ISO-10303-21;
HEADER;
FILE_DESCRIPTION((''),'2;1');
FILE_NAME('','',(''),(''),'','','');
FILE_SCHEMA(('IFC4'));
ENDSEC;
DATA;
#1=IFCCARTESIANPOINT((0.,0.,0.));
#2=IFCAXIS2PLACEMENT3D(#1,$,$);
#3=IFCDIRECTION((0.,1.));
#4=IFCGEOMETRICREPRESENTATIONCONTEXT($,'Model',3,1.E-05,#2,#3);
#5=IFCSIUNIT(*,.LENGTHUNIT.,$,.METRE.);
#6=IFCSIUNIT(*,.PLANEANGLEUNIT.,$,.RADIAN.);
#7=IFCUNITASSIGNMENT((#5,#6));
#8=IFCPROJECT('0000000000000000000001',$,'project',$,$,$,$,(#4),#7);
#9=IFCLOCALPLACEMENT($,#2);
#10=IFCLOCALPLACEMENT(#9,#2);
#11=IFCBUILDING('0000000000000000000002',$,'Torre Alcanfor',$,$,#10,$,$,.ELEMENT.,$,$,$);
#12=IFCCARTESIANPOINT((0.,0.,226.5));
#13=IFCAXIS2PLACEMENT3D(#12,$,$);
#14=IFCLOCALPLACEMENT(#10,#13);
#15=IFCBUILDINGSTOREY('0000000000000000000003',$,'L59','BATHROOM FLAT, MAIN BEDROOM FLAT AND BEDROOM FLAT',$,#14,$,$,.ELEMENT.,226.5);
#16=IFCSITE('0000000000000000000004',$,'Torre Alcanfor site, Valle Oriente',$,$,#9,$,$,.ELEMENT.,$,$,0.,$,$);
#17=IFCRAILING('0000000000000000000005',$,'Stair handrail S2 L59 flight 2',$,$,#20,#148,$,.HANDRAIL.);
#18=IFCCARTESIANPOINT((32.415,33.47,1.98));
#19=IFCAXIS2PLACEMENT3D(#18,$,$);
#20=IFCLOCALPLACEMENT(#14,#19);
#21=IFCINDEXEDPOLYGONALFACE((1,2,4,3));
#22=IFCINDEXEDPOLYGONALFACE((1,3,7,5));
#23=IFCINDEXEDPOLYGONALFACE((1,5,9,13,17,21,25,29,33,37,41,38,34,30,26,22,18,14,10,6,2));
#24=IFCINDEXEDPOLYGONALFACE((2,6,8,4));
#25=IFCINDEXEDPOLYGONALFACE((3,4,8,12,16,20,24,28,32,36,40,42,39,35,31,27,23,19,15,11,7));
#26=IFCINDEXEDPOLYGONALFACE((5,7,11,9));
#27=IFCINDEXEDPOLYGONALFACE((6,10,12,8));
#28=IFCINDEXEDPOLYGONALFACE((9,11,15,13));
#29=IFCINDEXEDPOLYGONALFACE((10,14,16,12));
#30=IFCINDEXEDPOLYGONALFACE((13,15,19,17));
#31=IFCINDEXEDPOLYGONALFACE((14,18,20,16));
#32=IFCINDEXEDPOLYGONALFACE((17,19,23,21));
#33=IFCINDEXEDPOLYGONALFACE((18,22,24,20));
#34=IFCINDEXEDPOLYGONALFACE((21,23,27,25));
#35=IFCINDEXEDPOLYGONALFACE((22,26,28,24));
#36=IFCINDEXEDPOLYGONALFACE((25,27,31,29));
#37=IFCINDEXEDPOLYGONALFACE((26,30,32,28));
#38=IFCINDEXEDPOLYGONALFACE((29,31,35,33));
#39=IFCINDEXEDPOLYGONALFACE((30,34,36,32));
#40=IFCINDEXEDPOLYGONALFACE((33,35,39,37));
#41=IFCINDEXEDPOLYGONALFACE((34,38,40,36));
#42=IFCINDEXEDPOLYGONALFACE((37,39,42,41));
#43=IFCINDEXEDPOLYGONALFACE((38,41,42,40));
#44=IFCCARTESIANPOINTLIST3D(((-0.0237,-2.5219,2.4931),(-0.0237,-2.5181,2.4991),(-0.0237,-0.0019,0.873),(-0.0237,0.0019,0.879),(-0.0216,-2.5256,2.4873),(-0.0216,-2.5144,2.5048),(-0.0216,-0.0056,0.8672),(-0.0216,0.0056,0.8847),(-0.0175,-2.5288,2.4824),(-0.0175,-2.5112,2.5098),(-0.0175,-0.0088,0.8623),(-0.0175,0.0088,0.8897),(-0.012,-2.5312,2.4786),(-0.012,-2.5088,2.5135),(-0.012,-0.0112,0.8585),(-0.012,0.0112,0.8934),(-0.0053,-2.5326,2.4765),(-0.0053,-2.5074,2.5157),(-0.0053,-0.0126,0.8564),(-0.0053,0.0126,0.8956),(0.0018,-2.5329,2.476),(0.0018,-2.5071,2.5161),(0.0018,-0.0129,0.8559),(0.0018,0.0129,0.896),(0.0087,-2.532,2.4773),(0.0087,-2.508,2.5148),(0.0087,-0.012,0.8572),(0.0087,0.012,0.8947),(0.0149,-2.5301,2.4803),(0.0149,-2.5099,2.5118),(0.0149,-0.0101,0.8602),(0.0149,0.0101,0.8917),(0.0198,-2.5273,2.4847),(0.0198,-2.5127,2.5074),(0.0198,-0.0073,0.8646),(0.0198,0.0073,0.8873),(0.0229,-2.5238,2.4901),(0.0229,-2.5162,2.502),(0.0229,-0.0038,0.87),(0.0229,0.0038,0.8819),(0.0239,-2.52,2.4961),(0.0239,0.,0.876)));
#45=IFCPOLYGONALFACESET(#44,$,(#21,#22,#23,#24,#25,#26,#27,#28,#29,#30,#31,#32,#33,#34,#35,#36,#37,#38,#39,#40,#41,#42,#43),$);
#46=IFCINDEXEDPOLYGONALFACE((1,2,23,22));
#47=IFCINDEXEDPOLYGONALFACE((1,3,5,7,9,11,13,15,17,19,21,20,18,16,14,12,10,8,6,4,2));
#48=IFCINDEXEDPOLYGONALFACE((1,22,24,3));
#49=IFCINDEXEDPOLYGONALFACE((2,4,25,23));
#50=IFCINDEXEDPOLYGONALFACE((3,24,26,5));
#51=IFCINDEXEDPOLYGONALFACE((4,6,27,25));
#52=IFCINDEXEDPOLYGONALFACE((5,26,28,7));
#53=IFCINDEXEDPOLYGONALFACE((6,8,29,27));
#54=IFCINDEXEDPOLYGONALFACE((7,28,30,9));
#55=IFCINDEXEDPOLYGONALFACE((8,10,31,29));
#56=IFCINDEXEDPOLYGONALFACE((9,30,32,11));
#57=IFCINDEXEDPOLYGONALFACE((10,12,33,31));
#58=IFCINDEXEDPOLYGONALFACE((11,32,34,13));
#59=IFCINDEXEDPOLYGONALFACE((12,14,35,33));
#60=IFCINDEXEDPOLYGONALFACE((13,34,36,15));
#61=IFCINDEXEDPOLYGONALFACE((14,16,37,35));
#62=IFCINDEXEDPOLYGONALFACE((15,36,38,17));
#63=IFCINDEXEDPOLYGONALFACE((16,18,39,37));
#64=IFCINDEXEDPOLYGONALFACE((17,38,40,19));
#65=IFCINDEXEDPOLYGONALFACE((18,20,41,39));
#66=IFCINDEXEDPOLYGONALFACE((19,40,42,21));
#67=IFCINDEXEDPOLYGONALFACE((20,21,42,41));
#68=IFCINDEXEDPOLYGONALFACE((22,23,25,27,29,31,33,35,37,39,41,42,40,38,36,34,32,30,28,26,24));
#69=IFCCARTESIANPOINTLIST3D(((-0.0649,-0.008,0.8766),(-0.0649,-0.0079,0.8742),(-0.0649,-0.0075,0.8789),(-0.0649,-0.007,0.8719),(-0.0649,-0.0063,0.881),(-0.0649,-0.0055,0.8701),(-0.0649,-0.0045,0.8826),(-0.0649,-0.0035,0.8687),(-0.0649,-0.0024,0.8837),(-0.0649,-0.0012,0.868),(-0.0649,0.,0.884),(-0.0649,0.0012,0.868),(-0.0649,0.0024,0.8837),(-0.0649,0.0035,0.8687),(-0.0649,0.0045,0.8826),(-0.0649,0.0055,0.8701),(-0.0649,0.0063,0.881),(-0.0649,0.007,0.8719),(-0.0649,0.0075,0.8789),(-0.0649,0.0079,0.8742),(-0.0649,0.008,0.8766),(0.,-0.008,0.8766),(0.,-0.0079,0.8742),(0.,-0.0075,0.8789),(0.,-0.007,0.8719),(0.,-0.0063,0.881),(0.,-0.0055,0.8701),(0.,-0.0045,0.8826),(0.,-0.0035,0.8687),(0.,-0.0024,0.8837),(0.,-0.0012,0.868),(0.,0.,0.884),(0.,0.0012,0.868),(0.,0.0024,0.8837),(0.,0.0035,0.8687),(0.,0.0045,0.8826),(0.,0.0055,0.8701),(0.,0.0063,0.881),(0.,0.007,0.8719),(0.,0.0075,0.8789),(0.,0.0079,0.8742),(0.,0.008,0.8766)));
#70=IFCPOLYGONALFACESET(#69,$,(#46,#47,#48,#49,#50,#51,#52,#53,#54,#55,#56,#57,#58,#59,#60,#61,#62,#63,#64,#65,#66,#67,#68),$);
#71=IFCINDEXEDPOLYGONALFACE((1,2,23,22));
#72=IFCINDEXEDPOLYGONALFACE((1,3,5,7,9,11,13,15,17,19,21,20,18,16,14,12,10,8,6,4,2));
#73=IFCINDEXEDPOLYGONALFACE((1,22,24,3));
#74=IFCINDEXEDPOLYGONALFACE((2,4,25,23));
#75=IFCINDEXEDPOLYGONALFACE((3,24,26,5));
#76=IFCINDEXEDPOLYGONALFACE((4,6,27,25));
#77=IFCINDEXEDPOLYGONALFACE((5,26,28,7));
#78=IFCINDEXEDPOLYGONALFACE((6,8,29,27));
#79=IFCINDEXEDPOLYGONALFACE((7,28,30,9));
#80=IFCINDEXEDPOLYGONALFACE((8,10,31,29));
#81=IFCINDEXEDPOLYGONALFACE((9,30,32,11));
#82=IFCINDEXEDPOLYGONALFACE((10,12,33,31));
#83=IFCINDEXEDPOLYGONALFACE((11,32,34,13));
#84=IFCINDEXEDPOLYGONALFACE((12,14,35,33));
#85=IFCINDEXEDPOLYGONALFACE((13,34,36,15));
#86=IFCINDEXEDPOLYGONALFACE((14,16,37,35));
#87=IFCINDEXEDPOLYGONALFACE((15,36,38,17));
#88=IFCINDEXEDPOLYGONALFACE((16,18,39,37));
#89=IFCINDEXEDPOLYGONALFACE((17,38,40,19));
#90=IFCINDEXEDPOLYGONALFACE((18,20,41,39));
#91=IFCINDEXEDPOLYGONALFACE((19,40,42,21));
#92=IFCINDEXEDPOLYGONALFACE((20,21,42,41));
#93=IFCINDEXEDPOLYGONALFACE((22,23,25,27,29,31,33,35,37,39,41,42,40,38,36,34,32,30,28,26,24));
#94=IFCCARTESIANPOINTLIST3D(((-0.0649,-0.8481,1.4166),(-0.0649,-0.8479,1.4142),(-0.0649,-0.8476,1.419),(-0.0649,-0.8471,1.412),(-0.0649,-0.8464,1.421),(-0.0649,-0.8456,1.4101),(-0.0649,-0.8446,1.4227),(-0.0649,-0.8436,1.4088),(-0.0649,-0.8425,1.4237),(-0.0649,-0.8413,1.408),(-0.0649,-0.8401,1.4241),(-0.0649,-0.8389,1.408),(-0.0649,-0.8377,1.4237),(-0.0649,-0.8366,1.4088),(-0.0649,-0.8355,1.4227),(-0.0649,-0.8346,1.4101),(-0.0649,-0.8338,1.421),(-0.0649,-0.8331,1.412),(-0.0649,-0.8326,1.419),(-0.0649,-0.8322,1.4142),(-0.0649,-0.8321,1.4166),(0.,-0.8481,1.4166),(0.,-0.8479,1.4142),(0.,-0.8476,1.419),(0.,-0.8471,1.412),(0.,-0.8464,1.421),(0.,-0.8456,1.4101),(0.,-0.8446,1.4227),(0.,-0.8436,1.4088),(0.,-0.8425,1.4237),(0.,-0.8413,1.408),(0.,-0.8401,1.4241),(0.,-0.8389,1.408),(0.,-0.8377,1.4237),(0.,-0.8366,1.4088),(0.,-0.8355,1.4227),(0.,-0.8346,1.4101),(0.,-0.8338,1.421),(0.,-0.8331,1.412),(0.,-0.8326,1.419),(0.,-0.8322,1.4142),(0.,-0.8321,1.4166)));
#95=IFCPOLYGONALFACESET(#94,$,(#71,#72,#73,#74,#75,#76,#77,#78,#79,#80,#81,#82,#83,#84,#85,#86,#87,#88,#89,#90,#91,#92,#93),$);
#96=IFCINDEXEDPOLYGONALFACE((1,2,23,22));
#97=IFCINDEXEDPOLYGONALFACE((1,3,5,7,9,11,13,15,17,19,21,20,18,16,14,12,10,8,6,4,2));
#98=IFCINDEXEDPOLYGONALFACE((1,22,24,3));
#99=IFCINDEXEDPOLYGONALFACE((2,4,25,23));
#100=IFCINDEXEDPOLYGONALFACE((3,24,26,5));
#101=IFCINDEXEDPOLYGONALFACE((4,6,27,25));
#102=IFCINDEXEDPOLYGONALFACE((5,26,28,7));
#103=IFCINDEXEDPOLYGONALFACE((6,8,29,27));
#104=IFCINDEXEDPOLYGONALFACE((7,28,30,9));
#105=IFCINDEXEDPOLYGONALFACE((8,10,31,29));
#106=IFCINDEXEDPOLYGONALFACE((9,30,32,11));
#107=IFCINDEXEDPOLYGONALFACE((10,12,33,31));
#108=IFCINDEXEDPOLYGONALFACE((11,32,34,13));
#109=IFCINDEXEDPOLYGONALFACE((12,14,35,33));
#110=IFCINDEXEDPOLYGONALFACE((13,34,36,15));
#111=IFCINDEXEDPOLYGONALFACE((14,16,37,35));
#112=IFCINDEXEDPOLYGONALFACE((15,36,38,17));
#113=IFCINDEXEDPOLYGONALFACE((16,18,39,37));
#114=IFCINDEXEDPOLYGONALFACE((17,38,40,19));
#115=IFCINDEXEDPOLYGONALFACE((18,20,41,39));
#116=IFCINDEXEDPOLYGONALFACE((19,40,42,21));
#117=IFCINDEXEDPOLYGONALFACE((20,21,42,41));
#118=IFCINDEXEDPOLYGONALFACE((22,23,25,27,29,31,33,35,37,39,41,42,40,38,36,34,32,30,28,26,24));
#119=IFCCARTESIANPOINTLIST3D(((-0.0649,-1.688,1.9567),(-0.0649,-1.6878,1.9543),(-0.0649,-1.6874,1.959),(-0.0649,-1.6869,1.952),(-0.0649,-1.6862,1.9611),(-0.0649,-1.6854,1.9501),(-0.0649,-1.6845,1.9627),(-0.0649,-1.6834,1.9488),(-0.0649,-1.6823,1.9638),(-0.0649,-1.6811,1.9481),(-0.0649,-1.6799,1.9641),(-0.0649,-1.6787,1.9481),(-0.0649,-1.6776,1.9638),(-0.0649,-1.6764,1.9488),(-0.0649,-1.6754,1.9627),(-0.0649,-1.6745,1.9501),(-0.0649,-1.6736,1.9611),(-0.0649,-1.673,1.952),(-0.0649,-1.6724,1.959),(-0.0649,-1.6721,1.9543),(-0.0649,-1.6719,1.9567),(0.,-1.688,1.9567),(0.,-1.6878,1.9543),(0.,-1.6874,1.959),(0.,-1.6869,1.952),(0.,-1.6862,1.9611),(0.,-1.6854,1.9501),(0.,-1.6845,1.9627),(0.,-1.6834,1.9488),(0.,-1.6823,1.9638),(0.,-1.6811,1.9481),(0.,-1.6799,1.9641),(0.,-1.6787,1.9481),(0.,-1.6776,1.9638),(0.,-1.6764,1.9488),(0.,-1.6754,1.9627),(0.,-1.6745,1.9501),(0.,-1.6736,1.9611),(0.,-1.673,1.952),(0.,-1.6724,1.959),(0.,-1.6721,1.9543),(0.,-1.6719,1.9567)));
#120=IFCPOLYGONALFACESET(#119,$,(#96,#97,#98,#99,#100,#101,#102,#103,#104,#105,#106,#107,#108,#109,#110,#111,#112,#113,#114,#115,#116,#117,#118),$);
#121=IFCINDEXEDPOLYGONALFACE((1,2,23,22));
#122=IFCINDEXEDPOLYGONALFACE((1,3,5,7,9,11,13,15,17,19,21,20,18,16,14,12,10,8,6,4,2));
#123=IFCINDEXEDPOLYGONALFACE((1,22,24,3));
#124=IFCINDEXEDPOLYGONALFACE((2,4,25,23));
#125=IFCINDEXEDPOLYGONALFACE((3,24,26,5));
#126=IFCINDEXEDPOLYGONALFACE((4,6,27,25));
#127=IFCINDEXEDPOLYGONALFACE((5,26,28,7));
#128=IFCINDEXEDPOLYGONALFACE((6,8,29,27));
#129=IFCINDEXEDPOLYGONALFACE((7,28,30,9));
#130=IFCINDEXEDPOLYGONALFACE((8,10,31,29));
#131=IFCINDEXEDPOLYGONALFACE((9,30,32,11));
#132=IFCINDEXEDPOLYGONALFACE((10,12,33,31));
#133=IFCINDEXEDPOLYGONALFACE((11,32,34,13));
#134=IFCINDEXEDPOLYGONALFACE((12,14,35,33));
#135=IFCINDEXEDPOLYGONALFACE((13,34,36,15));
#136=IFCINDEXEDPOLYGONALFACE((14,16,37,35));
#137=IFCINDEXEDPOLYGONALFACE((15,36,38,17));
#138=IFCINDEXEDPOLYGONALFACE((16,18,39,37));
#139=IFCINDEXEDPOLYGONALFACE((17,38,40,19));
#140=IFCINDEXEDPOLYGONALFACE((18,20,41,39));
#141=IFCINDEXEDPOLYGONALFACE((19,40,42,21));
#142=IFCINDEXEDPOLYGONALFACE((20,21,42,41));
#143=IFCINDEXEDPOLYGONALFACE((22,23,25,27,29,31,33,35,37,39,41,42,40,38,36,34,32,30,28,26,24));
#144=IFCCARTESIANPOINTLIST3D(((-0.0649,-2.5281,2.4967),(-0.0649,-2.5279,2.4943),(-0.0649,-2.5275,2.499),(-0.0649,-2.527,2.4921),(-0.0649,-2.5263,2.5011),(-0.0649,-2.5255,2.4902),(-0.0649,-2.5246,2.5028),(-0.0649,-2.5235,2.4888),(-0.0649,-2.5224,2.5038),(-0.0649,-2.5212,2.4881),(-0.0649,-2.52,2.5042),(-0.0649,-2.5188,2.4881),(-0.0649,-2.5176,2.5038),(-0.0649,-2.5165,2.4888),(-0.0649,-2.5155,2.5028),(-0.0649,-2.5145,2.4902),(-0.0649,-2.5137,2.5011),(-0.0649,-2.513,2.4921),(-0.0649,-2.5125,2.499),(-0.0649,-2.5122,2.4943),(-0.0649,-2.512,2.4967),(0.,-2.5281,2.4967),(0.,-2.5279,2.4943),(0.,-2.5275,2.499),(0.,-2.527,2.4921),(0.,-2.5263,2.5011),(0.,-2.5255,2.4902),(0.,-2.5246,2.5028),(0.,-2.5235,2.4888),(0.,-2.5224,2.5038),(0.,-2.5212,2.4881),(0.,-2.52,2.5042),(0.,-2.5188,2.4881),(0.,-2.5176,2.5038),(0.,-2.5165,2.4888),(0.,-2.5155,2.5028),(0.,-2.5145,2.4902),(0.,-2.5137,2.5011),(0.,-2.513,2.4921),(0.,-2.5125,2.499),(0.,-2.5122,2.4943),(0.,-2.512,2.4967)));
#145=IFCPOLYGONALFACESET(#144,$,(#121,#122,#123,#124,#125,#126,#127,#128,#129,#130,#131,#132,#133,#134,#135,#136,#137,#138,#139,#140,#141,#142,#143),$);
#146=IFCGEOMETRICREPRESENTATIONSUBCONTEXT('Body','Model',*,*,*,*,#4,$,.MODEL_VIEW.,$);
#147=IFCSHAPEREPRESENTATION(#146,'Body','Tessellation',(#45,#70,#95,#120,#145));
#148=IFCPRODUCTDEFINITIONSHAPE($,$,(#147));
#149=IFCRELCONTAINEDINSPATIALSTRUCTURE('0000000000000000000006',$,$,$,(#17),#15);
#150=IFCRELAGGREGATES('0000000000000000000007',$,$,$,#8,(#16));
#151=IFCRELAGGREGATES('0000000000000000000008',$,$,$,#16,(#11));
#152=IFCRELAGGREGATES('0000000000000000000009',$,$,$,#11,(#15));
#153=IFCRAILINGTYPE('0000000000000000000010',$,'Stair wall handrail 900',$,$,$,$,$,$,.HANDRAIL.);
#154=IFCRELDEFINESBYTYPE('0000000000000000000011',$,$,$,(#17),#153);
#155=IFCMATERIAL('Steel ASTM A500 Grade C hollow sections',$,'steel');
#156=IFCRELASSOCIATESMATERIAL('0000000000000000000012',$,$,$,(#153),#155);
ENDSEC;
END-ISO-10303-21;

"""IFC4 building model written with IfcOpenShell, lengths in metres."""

from ifc_helpers import new_model, si_unit, direction, frame, origin, origin_2d, place, context, subcontext, project, spatial, circle, extrude, material, type_object, element, save


model = new_model("IFC4")

# Units and contexts
model_context = context("Model", 3, precision=1e-05, world=origin(), true_north=direction((0.0, 1.0)))
body_context = subcontext(model_context, "Body", "Model", "MODEL_VIEW")
ifc_project = project(units=[si_unit("LENGTHUNIT", "METRE"), si_unit("PLANEANGLEUNIT", "RADIAN")], contexts=[model_context])

# Site, building, storey
site_placement = place(None, origin())
site = spatial("IfcSite", under=ifc_project, at=site_placement, Name="Torre Alcanfor site, Valle Oriente", CompositionType="ELEMENT", RefElevation=0.0)
building_placement = place(site_placement, origin())
building = spatial("IfcBuilding", under=site, at=building_placement, Name="Torre Alcanfor", CompositionType="ELEMENT")
storey_placement = place(building_placement, frame((0.0, 0.0, 226.5)))
storey = spatial("IfcBuildingStorey", under=building, at=storey_placement, Name="L59", Description="BATHROOM FLAT, MAIN BEDROOM FLAT AND BEDROOM FLAT", CompositionType="ELEMENT", Elevation=226.5)

# Railing
ifc_material_1 = material(Name="Steel ASTM A500 Grade C hollow sections", Category="steel")
railing_type_1 = type_object("IfcRailingType", Name="Stair wall handrail 900", PredefinedType="HANDRAIL", material=ifc_material_1)
railing_1_placement = place(storey_placement, frame((32.415, 33.47, 1.98)))
element("IfcRailing", 1, at=railing_1_placement, inside=storey, type_object=railing_type_1, Name="Stair handrail S2 L59 flight 2", PredefinedType="HANDRAIL", context=body_context, shape_type="SweptSolid", body=[
    extrude(circle(Radius=0.0239, at=origin_2d()), frame((0.0, 0.0, 0.876), z_axis=(0.0, -0.841163, 0.540782), x_axis=(1.0, 0.0, 0.0)), (0.0, 0.0, 1.0), 2.9958),
    extrude(circle(Radius=0.0081, at=origin_2d()), frame((0.0, 0.0, 0.876), z_axis=(-1.0, 0.0, 0.0), x_axis=(0.0, 0.0, 1.0)), (0.0, 0.0, 1.0), 0.0649),
    extrude(circle(Radius=0.0081, at=origin_2d()), frame((0.0, -0.8401, 1.416), z_axis=(-1.0, 0.0, 0.0), x_axis=(0.0, 0.0, 1.0)), (0.0, 0.0, 1.0), 0.0649),
    extrude(circle(Radius=0.0081, at=origin_2d()), frame((0.0, -1.6799, 1.9561), z_axis=(-1.0, 0.0, 0.0), x_axis=(0.0, 0.0, 1.0)), (0.0, 0.0, 1.0), 0.0649),
    extrude(circle(Radius=0.0081, at=origin_2d()), frame((0.0, -2.52, 2.4961), z_axis=(-1.0, 0.0, 0.0), x_axis=(0.0, 0.0, 1.0)), (0.0, 0.0, 1.0), 0.0649),
])

save(model, "model.ifc")
